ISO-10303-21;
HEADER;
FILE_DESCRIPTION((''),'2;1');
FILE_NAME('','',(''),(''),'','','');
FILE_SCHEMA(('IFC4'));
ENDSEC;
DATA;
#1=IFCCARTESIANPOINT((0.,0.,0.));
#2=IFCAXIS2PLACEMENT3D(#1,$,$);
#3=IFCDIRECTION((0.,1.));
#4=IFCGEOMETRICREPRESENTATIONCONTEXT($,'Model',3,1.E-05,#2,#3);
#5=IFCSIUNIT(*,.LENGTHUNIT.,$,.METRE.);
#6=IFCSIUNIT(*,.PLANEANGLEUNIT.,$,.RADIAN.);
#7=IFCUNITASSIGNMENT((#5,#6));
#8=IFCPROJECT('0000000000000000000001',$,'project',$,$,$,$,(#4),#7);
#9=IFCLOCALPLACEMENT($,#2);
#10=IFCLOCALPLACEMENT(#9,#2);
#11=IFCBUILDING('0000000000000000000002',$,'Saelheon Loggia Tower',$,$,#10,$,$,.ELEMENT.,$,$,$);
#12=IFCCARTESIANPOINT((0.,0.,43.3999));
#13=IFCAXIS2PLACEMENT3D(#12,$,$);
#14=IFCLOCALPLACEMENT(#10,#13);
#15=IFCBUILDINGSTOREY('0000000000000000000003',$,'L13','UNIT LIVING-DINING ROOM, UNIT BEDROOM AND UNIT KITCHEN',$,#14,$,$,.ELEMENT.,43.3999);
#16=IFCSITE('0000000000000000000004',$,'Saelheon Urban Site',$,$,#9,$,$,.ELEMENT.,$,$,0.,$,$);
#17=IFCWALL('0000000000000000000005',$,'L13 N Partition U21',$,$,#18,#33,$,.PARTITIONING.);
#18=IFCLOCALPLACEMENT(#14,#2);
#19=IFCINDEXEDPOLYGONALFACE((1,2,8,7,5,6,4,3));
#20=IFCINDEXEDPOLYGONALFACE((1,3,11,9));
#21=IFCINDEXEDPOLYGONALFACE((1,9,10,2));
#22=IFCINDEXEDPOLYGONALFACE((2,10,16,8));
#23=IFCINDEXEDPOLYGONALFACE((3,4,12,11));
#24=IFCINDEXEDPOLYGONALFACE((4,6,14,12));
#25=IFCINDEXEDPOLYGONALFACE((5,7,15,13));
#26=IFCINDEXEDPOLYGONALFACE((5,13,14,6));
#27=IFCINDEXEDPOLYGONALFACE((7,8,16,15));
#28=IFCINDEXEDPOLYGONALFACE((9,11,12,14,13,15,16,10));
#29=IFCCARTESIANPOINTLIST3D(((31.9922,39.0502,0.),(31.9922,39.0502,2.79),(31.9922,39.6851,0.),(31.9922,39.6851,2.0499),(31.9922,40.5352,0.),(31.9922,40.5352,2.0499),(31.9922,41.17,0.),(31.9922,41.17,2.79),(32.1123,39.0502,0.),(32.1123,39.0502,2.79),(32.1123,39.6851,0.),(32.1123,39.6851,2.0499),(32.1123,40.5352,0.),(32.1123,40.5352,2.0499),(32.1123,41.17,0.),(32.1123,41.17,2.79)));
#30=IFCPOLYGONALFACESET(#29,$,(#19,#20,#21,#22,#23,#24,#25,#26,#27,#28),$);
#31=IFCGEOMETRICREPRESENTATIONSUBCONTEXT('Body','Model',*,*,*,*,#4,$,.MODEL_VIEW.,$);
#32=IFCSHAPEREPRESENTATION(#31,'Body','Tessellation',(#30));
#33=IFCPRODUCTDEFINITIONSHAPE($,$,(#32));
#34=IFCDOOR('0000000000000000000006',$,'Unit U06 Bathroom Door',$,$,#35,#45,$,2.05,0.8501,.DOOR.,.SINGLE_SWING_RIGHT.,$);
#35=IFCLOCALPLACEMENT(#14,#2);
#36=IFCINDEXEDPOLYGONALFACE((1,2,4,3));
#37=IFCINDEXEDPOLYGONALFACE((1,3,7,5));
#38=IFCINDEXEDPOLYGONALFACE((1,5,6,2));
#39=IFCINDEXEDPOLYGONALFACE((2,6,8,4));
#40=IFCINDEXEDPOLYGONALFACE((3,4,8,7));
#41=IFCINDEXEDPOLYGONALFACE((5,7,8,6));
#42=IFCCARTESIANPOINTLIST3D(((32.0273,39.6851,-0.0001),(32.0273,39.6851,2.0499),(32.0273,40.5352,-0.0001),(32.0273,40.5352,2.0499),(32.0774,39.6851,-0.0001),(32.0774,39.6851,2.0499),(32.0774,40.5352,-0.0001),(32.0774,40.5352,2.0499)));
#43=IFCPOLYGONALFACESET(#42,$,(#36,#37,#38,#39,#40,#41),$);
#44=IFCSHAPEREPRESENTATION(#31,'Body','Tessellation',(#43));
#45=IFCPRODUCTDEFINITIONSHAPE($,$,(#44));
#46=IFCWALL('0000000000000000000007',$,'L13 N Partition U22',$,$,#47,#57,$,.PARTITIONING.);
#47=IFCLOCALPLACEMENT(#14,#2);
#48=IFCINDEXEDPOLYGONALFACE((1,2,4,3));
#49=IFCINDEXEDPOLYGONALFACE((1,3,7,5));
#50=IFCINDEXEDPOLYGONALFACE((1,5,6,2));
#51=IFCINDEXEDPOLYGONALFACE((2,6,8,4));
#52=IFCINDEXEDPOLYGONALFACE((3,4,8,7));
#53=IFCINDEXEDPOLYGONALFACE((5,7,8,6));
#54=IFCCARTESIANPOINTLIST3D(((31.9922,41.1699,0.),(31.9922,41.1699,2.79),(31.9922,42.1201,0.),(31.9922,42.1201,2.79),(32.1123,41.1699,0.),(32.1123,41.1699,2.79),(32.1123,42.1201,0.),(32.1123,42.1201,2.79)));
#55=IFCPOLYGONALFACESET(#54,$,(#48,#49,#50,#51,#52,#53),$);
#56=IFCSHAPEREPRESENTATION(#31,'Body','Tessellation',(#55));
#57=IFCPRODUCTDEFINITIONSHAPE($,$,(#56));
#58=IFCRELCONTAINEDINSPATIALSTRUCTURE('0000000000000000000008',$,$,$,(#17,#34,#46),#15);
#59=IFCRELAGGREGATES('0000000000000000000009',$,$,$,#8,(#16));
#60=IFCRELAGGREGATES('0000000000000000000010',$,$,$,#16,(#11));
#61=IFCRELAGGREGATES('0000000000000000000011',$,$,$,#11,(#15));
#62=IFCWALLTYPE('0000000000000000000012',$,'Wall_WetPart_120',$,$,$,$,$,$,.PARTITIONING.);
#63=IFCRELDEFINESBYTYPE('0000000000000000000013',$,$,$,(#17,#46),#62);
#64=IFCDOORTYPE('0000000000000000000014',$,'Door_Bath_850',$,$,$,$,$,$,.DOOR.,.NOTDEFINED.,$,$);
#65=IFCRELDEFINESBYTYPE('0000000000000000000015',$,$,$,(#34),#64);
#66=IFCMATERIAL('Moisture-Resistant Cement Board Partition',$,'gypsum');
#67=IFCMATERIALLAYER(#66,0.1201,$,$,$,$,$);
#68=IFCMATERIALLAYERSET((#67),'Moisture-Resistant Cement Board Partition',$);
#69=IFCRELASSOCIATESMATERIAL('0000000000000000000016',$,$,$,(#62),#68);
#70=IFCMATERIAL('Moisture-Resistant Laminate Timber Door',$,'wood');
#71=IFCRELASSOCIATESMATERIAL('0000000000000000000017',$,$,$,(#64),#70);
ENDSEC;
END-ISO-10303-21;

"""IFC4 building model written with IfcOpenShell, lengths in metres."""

from ifc_helpers import new_model, si_unit, direction, frame, frame_2d, origin, place, context, subcontext, project, spatial, rectangle, extrude, source, transform, mapped, material, layer, layer_set, type_object, element, fill, save


model = new_model("IFC4")

# Units and contexts
model_context = context("Model", 3, precision=1e-05, world=origin(), true_north=direction((0.0, 1.0)))
body_context = subcontext(model_context, "Body", "Model", "MODEL_VIEW")
ifc_project = project(units=[si_unit("LENGTHUNIT", "METRE"), si_unit("PLANEANGLEUNIT", "RADIAN")], contexts=[model_context])

# Site, building, storey
site_placement = place(None, origin())
site = spatial("IfcSite", under=ifc_project, at=site_placement, Name="Saelheon Urban Site", CompositionType="ELEMENT", RefElevation=0.0)
building_placement = place(site_placement, origin())
building = spatial("IfcBuilding", under=site, at=building_placement, Name="Saelheon Loggia Tower", CompositionType="ELEMENT")
storey_placement = place(building_placement, frame((0.0, 0.0, 43.3999)))
storey = spatial("IfcBuildingStorey", under=building, at=storey_placement, Name="L13", Description="UNIT LIVING-DINING ROOM, UNIT BEDROOM AND UNIT KITCHEN", CompositionType="ELEMENT", Elevation=43.3999)

# Shared definitions
ifc_material_1 = material(Name="Moisture-Resistant Cement Board Partition", Category="gypsum")
ifc_layer_1 = layer(ifc_material_1, 0.1201)
ifc_layer_set_1 = layer_set([ifc_layer_1], Name="Moisture-Resistant Cement Board Partition")
wall_type_1 = type_object("IfcWallType", Name="Wall_WetPart_120", PredefinedType="PARTITIONING", material=ifc_layer_set_1)

# Wall, opening, door
wall_1_placement = place(storey_placement, frame((32.0522, 39.05, 0.0), z_axis=(0.0, 0.0, 1.0), x_axis=(0.0, 1.0, 0.0)))
wall_1 = element("IfcWall", 1, at=wall_1_placement, inside=storey, type_object=wall_type_1, Name="L13 N Partition U21", PredefinedType="PARTITIONING", context=body_context, shape_type="SweptSolid", body=[
    extrude(rectangle(XDim=2.1199, YDim=0.1201, at=frame_2d((1.0601, 0.0))), origin(), (0.0, 0.0, 1.0), 2.79),
])
opening_1_placement = place(wall_1_placement, frame((0.635, 0.0, 0.0)))
opening_1 = element("IfcOpeningElement", 2, at=opening_1_placement, cuts=wall_1, PredefinedType="OPENING", context=body_context, shape_type="SweptSolid", body=[
    extrude(rectangle(XDim=0.8501, YDim=2.05, at=frame_2d((0.425, 1.0249))), frame((0.0, 0.072, 0.0), z_axis=(0.0, -1.0, 0.0), x_axis=(1.0, 0.0, 0.0)), (0.0, 0.0, 1.0), 0.144),
])
ifc_material_2 = material(Name="Moisture-Resistant Laminate Timber Door", Category="wood")
door_type_1 = type_object("IfcDoorType", Name="Door_Bath_850", OperationType="NOTDEFINED", PredefinedType="DOOR", material=ifc_material_2)
shared_shape_1 = source(origin(), body_context, "Body", "SweptSolid", [
    extrude(rectangle(XDim=0.8501, YDim=2.05, at=frame_2d((0.425, 1.0249))), frame((0.0, 0.0249, 0.0), z_axis=(0.0, -1.0, 0.0), x_axis=(1.0, 0.0, 0.0)), (0.0, 0.0, 1.0), 0.05),
])
door_1_placement = place(opening_1_placement, origin())
door_1 = element("IfcDoor", 3, at=door_1_placement, inside=storey, type_object=door_type_1, Name="Unit U06 Bathroom Door", OperationType="SINGLE_SWING_RIGHT", OverallHeight=2.05, OverallWidth=0.8501, PredefinedType="DOOR", context=body_context, shape_type="MappedRepresentation", body=[
    mapped(shared_shape_1, transform((0.0, 0.0, 0.0), scale=1.0)),
])
fill(opening_1, door_1)

# Wall
wall_2_placement = place(storey_placement, frame((32.0522, 41.1699, 0.0), z_axis=(0.0, 0.0, 1.0), x_axis=(0.0, 1.0, 0.0)))
element("IfcWall", 4, at=wall_2_placement, inside=storey, type_object=wall_type_1, Name="L13 N Partition U22", PredefinedType="PARTITIONING", context=body_context, shape_type="SweptSolid", body=[
    extrude(rectangle(XDim=0.9502, YDim=0.1201, at=frame_2d((0.4751, 0.0))), origin(), (0.0, 0.0, 1.0), 2.79),
])

save(model, "model.ifc")
